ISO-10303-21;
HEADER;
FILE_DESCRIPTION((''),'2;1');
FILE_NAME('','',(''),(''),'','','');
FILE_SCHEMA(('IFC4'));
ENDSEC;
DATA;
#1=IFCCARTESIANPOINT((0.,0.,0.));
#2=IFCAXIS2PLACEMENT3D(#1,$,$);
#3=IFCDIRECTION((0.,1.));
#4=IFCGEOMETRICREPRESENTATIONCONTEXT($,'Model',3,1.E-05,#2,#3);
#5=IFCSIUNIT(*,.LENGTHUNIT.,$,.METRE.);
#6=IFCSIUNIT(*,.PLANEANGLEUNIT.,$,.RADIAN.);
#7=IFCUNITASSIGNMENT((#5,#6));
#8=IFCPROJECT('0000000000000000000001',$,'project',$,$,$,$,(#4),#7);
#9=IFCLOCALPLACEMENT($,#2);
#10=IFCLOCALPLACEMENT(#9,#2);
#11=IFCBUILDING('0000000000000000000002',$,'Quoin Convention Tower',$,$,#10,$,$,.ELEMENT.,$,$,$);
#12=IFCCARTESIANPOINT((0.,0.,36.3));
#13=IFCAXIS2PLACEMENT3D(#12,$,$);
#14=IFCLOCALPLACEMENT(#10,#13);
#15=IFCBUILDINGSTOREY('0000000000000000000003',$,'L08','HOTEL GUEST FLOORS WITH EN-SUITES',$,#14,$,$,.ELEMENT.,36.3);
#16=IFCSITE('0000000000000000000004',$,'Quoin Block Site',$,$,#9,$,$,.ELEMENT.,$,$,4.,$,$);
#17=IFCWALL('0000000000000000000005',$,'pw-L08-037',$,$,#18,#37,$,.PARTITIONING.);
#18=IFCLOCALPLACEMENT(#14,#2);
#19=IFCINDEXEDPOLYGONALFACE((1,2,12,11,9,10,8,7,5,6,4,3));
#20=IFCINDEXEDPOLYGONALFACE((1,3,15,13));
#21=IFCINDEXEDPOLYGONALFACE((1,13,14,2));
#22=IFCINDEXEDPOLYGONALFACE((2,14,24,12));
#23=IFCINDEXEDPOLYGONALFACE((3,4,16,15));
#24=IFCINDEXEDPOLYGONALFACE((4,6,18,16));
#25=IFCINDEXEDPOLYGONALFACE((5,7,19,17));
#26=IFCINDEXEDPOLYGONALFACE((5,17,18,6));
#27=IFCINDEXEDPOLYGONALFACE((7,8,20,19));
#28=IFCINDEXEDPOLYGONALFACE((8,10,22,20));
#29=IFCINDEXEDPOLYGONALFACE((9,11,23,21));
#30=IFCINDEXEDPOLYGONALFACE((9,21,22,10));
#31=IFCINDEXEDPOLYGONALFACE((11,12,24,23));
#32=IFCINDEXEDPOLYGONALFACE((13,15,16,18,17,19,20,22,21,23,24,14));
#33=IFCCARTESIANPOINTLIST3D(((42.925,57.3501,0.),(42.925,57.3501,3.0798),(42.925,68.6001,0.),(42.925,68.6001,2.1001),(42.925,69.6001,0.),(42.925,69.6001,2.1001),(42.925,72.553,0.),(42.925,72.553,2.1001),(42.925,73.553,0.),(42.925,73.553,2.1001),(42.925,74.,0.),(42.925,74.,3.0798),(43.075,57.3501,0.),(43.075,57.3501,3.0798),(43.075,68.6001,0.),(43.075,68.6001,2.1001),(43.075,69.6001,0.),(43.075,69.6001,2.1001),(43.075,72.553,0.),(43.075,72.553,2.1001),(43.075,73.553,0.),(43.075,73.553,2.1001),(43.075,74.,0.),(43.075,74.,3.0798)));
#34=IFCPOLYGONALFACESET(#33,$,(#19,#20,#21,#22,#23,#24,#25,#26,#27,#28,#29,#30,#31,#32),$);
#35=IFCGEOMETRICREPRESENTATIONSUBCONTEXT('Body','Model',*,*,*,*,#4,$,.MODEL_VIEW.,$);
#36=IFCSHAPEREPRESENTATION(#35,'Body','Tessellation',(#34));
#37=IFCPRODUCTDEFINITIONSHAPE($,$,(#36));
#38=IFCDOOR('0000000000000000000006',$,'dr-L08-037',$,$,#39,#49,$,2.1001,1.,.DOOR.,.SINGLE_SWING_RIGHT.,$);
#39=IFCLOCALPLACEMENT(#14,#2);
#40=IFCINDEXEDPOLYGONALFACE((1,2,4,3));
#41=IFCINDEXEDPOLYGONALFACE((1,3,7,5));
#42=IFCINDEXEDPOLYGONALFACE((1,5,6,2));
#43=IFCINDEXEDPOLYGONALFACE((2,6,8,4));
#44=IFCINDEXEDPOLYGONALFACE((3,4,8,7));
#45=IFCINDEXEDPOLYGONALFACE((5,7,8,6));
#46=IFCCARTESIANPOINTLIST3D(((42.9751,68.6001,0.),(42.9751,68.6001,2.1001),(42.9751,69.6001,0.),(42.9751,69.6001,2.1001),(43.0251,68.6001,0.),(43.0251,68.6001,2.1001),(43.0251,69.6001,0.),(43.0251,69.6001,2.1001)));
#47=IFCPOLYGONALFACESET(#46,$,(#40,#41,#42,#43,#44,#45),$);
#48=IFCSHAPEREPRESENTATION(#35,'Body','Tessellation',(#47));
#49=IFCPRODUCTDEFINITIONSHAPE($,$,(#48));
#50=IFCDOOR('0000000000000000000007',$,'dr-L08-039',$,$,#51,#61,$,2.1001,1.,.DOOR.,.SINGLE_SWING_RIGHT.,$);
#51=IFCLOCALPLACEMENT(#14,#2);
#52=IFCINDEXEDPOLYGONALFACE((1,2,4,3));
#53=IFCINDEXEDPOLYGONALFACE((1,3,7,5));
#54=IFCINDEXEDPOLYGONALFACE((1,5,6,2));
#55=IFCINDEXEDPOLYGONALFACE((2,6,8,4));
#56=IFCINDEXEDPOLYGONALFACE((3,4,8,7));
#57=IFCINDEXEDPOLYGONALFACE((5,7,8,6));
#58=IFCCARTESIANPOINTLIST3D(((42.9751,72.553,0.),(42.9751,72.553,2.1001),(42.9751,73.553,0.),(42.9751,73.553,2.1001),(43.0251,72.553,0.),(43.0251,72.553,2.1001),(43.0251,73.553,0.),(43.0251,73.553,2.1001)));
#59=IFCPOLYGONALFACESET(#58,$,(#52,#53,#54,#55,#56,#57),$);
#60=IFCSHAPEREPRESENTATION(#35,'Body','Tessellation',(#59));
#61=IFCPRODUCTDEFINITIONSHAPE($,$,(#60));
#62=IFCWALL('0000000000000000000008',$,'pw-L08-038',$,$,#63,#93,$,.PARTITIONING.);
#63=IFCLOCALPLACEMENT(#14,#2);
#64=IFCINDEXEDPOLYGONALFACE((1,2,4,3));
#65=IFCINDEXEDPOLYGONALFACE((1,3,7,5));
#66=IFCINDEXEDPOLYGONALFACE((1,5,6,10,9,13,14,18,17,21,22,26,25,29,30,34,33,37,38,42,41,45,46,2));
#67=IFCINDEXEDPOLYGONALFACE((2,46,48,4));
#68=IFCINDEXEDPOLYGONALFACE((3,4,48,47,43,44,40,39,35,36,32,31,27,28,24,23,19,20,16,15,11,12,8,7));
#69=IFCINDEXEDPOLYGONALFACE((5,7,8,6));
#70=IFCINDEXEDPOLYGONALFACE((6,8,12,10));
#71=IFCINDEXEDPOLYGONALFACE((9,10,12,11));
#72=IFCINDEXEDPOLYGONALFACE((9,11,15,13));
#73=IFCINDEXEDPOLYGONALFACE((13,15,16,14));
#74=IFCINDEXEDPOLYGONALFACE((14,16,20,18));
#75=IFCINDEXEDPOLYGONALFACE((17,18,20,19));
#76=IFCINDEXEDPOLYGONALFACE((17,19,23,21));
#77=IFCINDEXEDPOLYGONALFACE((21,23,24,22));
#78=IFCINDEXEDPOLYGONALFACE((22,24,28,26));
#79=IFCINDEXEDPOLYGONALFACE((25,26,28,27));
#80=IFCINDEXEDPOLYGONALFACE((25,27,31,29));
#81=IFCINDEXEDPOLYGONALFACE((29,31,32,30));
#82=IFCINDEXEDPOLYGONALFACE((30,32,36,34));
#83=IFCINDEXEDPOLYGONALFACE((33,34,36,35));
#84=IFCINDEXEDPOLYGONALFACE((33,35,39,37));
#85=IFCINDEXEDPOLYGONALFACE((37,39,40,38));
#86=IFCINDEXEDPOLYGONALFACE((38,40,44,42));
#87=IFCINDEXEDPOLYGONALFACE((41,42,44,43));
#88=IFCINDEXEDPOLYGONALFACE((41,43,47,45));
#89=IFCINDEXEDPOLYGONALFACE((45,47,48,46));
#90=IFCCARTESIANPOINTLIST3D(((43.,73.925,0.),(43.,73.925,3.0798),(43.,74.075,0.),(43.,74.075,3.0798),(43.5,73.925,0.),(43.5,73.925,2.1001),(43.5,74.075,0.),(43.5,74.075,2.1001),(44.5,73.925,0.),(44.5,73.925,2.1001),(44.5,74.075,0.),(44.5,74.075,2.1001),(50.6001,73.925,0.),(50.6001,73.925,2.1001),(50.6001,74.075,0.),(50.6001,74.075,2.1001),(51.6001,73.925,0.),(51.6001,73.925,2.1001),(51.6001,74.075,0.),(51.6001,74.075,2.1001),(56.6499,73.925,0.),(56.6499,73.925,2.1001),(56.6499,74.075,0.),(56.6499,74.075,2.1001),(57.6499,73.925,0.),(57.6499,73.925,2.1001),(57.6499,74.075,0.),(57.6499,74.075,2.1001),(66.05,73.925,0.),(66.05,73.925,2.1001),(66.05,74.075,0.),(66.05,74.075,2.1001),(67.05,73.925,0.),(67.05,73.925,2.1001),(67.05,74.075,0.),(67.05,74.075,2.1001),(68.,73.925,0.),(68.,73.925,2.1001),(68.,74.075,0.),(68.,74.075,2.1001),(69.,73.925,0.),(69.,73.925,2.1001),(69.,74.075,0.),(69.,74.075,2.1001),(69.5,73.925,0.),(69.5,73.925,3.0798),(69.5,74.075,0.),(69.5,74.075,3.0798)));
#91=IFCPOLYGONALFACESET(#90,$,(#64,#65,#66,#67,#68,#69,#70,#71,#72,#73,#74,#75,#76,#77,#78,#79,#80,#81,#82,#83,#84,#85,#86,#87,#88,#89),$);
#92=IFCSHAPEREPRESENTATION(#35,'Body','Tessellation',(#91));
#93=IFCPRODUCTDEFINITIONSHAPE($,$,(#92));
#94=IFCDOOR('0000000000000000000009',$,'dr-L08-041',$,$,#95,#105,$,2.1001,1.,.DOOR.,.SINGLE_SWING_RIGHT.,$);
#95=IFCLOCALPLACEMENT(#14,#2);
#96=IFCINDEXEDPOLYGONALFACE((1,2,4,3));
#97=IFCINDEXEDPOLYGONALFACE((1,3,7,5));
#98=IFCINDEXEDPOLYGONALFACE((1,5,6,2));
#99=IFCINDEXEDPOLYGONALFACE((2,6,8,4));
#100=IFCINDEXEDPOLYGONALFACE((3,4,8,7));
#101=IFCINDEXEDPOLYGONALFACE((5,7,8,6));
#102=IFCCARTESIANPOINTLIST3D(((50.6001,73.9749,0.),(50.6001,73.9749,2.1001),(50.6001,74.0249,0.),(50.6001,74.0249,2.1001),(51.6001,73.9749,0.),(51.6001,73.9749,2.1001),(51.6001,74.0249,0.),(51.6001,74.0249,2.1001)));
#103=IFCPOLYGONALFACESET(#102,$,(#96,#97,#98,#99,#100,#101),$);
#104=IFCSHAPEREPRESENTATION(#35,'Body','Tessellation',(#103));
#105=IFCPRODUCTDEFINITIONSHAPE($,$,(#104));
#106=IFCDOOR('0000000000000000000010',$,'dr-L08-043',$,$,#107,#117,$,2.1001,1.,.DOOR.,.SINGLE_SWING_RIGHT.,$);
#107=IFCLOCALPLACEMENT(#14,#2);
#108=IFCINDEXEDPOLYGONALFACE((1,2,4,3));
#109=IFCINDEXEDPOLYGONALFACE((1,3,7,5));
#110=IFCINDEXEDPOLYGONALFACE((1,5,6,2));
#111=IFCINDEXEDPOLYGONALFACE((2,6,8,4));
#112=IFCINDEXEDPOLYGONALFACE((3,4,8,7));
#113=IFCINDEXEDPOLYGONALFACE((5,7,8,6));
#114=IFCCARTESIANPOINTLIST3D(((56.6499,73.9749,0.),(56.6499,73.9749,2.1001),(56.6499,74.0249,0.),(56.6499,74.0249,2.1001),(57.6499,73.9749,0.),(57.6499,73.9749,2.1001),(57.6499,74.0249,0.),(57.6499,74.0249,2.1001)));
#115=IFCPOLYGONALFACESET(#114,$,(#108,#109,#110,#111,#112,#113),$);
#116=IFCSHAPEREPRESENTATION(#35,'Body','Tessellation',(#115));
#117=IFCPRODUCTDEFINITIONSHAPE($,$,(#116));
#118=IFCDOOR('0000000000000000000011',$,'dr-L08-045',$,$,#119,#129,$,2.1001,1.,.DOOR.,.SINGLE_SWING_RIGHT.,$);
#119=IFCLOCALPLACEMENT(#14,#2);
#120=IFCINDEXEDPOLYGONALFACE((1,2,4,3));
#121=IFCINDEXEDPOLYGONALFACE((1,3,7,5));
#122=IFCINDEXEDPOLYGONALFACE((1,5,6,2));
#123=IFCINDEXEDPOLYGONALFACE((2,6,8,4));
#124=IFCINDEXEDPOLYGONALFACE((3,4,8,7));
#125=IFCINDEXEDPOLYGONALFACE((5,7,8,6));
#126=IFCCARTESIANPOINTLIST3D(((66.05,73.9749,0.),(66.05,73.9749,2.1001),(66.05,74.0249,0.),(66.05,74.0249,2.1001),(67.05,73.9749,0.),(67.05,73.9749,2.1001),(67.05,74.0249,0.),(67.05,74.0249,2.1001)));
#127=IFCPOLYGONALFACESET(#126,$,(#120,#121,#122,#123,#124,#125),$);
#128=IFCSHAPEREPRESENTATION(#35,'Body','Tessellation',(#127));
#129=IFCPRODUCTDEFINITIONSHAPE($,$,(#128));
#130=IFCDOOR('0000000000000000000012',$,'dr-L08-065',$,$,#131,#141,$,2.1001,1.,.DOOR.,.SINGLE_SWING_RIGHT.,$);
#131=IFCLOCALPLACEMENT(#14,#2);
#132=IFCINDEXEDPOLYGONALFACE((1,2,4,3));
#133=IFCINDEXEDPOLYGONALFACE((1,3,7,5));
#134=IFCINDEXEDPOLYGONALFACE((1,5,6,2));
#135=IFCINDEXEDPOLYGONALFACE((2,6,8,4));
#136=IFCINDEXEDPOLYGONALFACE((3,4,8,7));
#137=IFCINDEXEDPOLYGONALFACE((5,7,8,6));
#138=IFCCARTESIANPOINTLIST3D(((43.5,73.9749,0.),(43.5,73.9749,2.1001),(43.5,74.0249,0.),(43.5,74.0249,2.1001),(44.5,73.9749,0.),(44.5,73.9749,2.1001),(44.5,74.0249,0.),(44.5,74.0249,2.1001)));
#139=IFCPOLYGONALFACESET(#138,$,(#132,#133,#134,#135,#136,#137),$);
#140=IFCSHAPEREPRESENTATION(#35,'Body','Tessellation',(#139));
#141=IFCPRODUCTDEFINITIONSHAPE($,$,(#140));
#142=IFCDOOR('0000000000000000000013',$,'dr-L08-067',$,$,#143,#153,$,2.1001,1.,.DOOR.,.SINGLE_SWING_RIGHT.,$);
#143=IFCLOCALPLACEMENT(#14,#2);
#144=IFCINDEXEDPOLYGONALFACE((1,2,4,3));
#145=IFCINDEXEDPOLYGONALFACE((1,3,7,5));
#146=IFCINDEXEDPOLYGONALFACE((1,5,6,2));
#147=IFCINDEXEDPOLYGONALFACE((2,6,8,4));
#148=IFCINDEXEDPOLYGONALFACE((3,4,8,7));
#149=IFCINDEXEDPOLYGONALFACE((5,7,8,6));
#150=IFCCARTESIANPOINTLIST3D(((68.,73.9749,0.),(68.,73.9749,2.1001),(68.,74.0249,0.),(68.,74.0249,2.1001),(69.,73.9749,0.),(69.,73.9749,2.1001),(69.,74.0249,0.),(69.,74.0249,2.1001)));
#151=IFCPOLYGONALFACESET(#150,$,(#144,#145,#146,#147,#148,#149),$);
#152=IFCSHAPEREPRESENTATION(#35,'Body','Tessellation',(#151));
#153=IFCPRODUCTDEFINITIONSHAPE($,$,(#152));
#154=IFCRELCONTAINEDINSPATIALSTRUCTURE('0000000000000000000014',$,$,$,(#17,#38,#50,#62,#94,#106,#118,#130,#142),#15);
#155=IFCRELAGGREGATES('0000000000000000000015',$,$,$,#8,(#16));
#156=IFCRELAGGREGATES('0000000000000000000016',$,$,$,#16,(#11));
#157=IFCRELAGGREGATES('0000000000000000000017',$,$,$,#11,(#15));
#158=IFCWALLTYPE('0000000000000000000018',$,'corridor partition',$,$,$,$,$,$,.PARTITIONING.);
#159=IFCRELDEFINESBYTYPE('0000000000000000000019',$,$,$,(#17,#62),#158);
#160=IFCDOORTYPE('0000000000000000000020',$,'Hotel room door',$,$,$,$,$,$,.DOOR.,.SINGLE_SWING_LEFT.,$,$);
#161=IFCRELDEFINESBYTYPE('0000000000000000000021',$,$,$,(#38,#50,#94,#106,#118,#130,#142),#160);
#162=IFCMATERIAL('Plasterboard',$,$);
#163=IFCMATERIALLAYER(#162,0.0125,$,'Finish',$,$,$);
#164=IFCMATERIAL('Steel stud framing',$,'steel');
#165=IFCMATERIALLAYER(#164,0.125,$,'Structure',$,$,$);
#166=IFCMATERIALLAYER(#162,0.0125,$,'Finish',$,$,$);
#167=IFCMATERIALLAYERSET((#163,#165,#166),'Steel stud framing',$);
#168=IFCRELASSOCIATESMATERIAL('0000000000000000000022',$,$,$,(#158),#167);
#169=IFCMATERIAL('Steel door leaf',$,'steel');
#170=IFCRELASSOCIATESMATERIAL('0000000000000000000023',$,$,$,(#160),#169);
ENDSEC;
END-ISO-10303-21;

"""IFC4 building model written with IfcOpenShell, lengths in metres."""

from ifc_helpers import new_model, si_unit, direction, frame, frame_2d, origin, place, context, subcontext, project, spatial, rectangle, extrude, material, layer, layer_set, type_object, element, fill, save


model = new_model("IFC4")

# Units and contexts
model_context = context("Model", 3, precision=1e-05, world=origin(), true_north=direction((0.0, 1.0)))
body_context = subcontext(model_context, "Body", "Model", "MODEL_VIEW")
ifc_project = project(units=[si_unit("LENGTHUNIT", "METRE"), si_unit("PLANEANGLEUNIT", "RADIAN")], contexts=[model_context])

# Site, building, storey
site_placement = place(None, origin())
site = spatial("IfcSite", under=ifc_project, at=site_placement, Name="Quoin Block Site", CompositionType="ELEMENT", RefElevation=4.0)
building_placement = place(site_placement, origin())
building = spatial("IfcBuilding", under=site, at=building_placement, Name="Quoin Convention Tower", CompositionType="ELEMENT")
storey_placement = place(building_placement, frame((0.0, 0.0, 36.3)))
storey = spatial("IfcBuildingStorey", under=building, at=storey_placement, Name="L08", Description="HOTEL GUEST FLOORS WITH EN-SUITES", CompositionType="ELEMENT", Elevation=36.3)

# Shared definitions
ifc_material_1 = material(Name="Steel door leaf", Category="steel")

# Walls, openings, doors
ifc_material_2 = material(Name="Plasterboard")
ifc_layer_1 = layer(ifc_material_2, 0.0125, Name="Finish")
ifc_material_3 = material(Name="Steel stud framing", Category="steel")
ifc_layer_2 = layer(ifc_material_3, 0.125, Name="Structure")
ifc_layer_3 = layer(ifc_material_2, 0.0125, Name="Finish")
ifc_layer_set_1 = layer_set([ifc_layer_1, ifc_layer_2, ifc_layer_3], Name="Steel stud framing")
wall_type_1 = type_object("IfcWallType", Name="corridor partition", PredefinedType="PARTITIONING", material=ifc_layer_set_1)
wall_1_placement = place(storey_placement, frame((43.0, 57.3501, 0.0), z_axis=(0.0, 0.0, 1.0), x_axis=(0.0, 1.0, 0.0)))
wall_1 = element("IfcWall", 1, at=wall_1_placement, inside=storey, type_object=wall_type_1, Name="pw-L08-037", PredefinedType="PARTITIONING", context=body_context, shape_type="SweptSolid", body=[
    extrude(rectangle(XDim=16.6499, YDim=0.1499, at=frame_2d((8.325, 0.0))), origin(), (0.0, 0.0, 1.0), 3.0798),
])
opening_1_placement = place(wall_1_placement, frame((11.25, 0.0, 0.0)))
opening_1 = element("IfcOpeningElement", 2, at=opening_1_placement, cuts=wall_1, PredefinedType="OPENING", context=body_context, shape_type="SweptSolid", body=[
    extrude(rectangle(XDim=1.0, YDim=2.1001, at=frame_2d((0.5, 1.05))), frame((0.0, 0.085, 0.0), z_axis=(0.0, -1.0, 0.0), x_axis=(1.0, 0.0, 0.0)), (0.0, 0.0, 1.0), 0.1699),
])
opening_2_placement = place(wall_1_placement, frame((15.2029, 0.0, 0.0)))
opening_2 = element("IfcOpeningElement", 3, at=opening_2_placement, cuts=wall_1, PredefinedType="OPENING", context=body_context, shape_type="SweptSolid", body=[
    extrude(rectangle(XDim=1.0, YDim=2.1001, at=frame_2d((0.5, 1.05))), frame((0.0, 0.085, 0.0), z_axis=(0.0, -1.0, 0.0), x_axis=(1.0, 0.0, 0.0)), (0.0, 0.0, 1.0), 0.1699),
])
door_type_1 = type_object("IfcDoorType", Name="Hotel room door", OperationType="SINGLE_SWING_LEFT", PredefinedType="DOOR", material=ifc_material_1)
door_1_placement = place(opening_1_placement, origin())
door_1 = element("IfcDoor", 4, at=door_1_placement, inside=storey, type_object=door_type_1, Name="dr-L08-037", OperationType="SINGLE_SWING_RIGHT", OverallHeight=2.1001, OverallWidth=1.0, PredefinedType="DOOR", context=body_context, shape_type="SweptSolid", body=[
    extrude(rectangle(XDim=1.0, YDim=2.1001, at=frame_2d((0.5, 1.05))), frame((0.0, 0.0249, 0.0), z_axis=(0.0, -1.0, 0.0), x_axis=(1.0, 0.0, 0.0)), (0.0, 0.0, 1.0), 0.05),
])
fill(opening_1, door_1)
door_2_placement = place(opening_2_placement, origin())
door_2 = element("IfcDoor", 5, at=door_2_placement, inside=storey, type_object=door_type_1, Name="dr-L08-039", OperationType="SINGLE_SWING_RIGHT", OverallHeight=2.1001, OverallWidth=1.0, PredefinedType="DOOR", context=body_context, shape_type="SweptSolid", body=[
    extrude(rectangle(XDim=1.0, YDim=2.1001, at=frame_2d((0.5, 1.05))), frame((0.0, 0.0249, 0.0), z_axis=(0.0, -1.0, 0.0), x_axis=(1.0, 0.0, 0.0)), (0.0, 0.0, 1.0), 0.05),
])
fill(opening_2, door_2)
wall_2_placement = place(storey_placement, frame((43.0, 74.0, 0.0), z_axis=(0.0, 0.0, 1.0), x_axis=(1.0, 0.0, 0.0)))
wall_2 = element("IfcWall", 6, at=wall_2_placement, inside=storey, type_object=wall_type_1, Name="pw-L08-038", PredefinedType="PARTITIONING", context=body_context, shape_type="SweptSolid", body=[
    extrude(rectangle(XDim=26.5, YDim=0.1499, at=frame_2d((13.25, 0.0))), origin(), (0.0, 0.0, 1.0), 3.0798),
])
opening_3_placement = place(wall_2_placement, frame((7.6001, 0.0, 0.0)))
opening_3 = element("IfcOpeningElement", 7, at=opening_3_placement, cuts=wall_2, PredefinedType="OPENING", context=body_context, shape_type="SweptSolid", body=[
    extrude(rectangle(XDim=1.0, YDim=2.1001, at=frame_2d((0.5, 1.05))), frame((0.0, 0.085, 0.0), z_axis=(0.0, -1.0, 0.0), x_axis=(1.0, 0.0, 0.0)), (0.0, 0.0, 1.0), 0.1699),
])
opening_4_placement = place(wall_2_placement, frame((13.6499, 0.0, 0.0)))
opening_4 = element("IfcOpeningElement", 8, at=opening_4_placement, cuts=wall_2, PredefinedType="OPENING", context=body_context, shape_type="SweptSolid", body=[
    extrude(rectangle(XDim=1.0, YDim=2.1001, at=frame_2d((0.5, 1.05))), frame((0.0, 0.085, 0.0), z_axis=(0.0, -1.0, 0.0), x_axis=(1.0, 0.0, 0.0)), (0.0, 0.0, 1.0), 0.1699),
])
opening_5_placement = place(wall_2_placement, frame((23.05, 0.0, 0.0)))
opening_5 = element("IfcOpeningElement", 9, at=opening_5_placement, cuts=wall_2, PredefinedType="OPENING", context=body_context, shape_type="SweptSolid", body=[
    extrude(rectangle(XDim=1.0, YDim=2.1001, at=frame_2d((0.5, 1.05))), frame((0.0, 0.085, 0.0), z_axis=(0.0, -1.0, 0.0), x_axis=(1.0, 0.0, 0.0)), (0.0, 0.0, 1.0), 0.1699),
])
opening_6_placement = place(wall_2_placement, frame((0.5, 0.0, 0.0)))
opening_6 = element("IfcOpeningElement", 10, at=opening_6_placement, cuts=wall_2, PredefinedType="OPENING", context=body_context, shape_type="SweptSolid", body=[
    extrude(rectangle(XDim=1.0, YDim=2.1001, at=frame_2d((0.5, 1.05))), frame((0.0, 0.085, 0.0), z_axis=(0.0, -1.0, 0.0), x_axis=(1.0, 0.0, 0.0)), (0.0, 0.0, 1.0), 0.1699),
])
opening_7_placement = place(wall_2_placement, frame((25.0, 0.0, 0.0)))
opening_7 = element("IfcOpeningElement", 11, at=opening_7_placement, cuts=wall_2, PredefinedType="OPENING", context=body_context, shape_type="SweptSolid", body=[
    extrude(rectangle(XDim=1.0, YDim=2.1001, at=frame_2d((0.5, 1.05))), frame((0.0, 0.085, 0.0), z_axis=(0.0, -1.0, 0.0), x_axis=(1.0, 0.0, 0.0)), (0.0, 0.0, 1.0), 0.1699),
])
door_3_placement = place(opening_3_placement, origin())
door_3 = element("IfcDoor", 12, at=door_3_placement, inside=storey, type_object=door_type_1, Name="dr-L08-041", OperationType="SINGLE_SWING_RIGHT", OverallHeight=2.1001, OverallWidth=1.0, PredefinedType="DOOR", context=body_context, shape_type="SweptSolid", body=[
    extrude(rectangle(XDim=1.0, YDim=2.1001, at=frame_2d((0.5, 1.05))), frame((0.0, 0.0249, 0.0), z_axis=(0.0, -1.0, 0.0), x_axis=(1.0, 0.0, 0.0)), (0.0, 0.0, 1.0), 0.05),
])
fill(opening_3, door_3)
door_4_placement = place(opening_4_placement, origin())
door_4 = element("IfcDoor", 13, at=door_4_placement, inside=storey, type_object=door_type_1, Name="dr-L08-043", OperationType="SINGLE_SWING_RIGHT", OverallHeight=2.1001, OverallWidth=1.0, PredefinedType="DOOR", context=body_context, shape_type="SweptSolid", body=[
    extrude(rectangle(XDim=1.0, YDim=2.1001, at=frame_2d((0.5, 1.05))), frame((0.0, 0.0249, 0.0), z_axis=(0.0, -1.0, 0.0), x_axis=(1.0, 0.0, 0.0)), (0.0, 0.0, 1.0), 0.05),
])
fill(opening_4, door_4)
door_5_placement = place(opening_5_placement, origin())
door_5 = element("IfcDoor", 14, at=door_5_placement, inside=storey, type_object=door_type_1, Name="dr-L08-045", OperationType="SINGLE_SWING_RIGHT", OverallHeight=2.1001, OverallWidth=1.0, PredefinedType="DOOR", context=body_context, shape_type="SweptSolid", body=[
    extrude(rectangle(XDim=1.0, YDim=2.1001, at=frame_2d((0.5, 1.05))), frame((0.0, 0.0249, 0.0), z_axis=(0.0, -1.0, 0.0), x_axis=(1.0, 0.0, 0.0)), (0.0, 0.0, 1.0), 0.05),
])
fill(opening_5, door_5)
door_6_placement = place(opening_6_placement, origin())
door_6 = element("IfcDoor", 15, at=door_6_placement, inside=storey, type_object=door_type_1, Name="dr-L08-065", OperationType="SINGLE_SWING_RIGHT", OverallHeight=2.1001, OverallWidth=1.0, PredefinedType="DOOR", context=body_context, shape_type="SweptSolid", body=[
    extrude(rectangle(XDim=1.0, YDim=2.1001, at=frame_2d((0.5, 1.05))), frame((0.0, 0.0249, 0.0), z_axis=(0.0, -1.0, 0.0), x_axis=(1.0, 0.0, 0.0)), (0.0, 0.0, 1.0), 0.05),
])
fill(opening_6, door_6)
door_7_placement = place(opening_7_placement, origin())
door_7 = element("IfcDoor", 16, at=door_7_placement, inside=storey, type_object=door_type_1, Name="dr-L08-067", OperationType="SINGLE_SWING_RIGHT", OverallHeight=2.1001, OverallWidth=1.0, PredefinedType="DOOR", context=body_context, shape_type="SweptSolid", body=[
    extrude(rectangle(XDim=1.0, YDim=2.1001, at=frame_2d((0.5, 1.05))), frame((0.0, 0.0249, 0.0), z_axis=(0.0, -1.0, 0.0), x_axis=(1.0, 0.0, 0.0)), (0.0, 0.0, 1.0), 0.05),
])
fill(opening_7, door_7)

save(model, "model.ifc")
